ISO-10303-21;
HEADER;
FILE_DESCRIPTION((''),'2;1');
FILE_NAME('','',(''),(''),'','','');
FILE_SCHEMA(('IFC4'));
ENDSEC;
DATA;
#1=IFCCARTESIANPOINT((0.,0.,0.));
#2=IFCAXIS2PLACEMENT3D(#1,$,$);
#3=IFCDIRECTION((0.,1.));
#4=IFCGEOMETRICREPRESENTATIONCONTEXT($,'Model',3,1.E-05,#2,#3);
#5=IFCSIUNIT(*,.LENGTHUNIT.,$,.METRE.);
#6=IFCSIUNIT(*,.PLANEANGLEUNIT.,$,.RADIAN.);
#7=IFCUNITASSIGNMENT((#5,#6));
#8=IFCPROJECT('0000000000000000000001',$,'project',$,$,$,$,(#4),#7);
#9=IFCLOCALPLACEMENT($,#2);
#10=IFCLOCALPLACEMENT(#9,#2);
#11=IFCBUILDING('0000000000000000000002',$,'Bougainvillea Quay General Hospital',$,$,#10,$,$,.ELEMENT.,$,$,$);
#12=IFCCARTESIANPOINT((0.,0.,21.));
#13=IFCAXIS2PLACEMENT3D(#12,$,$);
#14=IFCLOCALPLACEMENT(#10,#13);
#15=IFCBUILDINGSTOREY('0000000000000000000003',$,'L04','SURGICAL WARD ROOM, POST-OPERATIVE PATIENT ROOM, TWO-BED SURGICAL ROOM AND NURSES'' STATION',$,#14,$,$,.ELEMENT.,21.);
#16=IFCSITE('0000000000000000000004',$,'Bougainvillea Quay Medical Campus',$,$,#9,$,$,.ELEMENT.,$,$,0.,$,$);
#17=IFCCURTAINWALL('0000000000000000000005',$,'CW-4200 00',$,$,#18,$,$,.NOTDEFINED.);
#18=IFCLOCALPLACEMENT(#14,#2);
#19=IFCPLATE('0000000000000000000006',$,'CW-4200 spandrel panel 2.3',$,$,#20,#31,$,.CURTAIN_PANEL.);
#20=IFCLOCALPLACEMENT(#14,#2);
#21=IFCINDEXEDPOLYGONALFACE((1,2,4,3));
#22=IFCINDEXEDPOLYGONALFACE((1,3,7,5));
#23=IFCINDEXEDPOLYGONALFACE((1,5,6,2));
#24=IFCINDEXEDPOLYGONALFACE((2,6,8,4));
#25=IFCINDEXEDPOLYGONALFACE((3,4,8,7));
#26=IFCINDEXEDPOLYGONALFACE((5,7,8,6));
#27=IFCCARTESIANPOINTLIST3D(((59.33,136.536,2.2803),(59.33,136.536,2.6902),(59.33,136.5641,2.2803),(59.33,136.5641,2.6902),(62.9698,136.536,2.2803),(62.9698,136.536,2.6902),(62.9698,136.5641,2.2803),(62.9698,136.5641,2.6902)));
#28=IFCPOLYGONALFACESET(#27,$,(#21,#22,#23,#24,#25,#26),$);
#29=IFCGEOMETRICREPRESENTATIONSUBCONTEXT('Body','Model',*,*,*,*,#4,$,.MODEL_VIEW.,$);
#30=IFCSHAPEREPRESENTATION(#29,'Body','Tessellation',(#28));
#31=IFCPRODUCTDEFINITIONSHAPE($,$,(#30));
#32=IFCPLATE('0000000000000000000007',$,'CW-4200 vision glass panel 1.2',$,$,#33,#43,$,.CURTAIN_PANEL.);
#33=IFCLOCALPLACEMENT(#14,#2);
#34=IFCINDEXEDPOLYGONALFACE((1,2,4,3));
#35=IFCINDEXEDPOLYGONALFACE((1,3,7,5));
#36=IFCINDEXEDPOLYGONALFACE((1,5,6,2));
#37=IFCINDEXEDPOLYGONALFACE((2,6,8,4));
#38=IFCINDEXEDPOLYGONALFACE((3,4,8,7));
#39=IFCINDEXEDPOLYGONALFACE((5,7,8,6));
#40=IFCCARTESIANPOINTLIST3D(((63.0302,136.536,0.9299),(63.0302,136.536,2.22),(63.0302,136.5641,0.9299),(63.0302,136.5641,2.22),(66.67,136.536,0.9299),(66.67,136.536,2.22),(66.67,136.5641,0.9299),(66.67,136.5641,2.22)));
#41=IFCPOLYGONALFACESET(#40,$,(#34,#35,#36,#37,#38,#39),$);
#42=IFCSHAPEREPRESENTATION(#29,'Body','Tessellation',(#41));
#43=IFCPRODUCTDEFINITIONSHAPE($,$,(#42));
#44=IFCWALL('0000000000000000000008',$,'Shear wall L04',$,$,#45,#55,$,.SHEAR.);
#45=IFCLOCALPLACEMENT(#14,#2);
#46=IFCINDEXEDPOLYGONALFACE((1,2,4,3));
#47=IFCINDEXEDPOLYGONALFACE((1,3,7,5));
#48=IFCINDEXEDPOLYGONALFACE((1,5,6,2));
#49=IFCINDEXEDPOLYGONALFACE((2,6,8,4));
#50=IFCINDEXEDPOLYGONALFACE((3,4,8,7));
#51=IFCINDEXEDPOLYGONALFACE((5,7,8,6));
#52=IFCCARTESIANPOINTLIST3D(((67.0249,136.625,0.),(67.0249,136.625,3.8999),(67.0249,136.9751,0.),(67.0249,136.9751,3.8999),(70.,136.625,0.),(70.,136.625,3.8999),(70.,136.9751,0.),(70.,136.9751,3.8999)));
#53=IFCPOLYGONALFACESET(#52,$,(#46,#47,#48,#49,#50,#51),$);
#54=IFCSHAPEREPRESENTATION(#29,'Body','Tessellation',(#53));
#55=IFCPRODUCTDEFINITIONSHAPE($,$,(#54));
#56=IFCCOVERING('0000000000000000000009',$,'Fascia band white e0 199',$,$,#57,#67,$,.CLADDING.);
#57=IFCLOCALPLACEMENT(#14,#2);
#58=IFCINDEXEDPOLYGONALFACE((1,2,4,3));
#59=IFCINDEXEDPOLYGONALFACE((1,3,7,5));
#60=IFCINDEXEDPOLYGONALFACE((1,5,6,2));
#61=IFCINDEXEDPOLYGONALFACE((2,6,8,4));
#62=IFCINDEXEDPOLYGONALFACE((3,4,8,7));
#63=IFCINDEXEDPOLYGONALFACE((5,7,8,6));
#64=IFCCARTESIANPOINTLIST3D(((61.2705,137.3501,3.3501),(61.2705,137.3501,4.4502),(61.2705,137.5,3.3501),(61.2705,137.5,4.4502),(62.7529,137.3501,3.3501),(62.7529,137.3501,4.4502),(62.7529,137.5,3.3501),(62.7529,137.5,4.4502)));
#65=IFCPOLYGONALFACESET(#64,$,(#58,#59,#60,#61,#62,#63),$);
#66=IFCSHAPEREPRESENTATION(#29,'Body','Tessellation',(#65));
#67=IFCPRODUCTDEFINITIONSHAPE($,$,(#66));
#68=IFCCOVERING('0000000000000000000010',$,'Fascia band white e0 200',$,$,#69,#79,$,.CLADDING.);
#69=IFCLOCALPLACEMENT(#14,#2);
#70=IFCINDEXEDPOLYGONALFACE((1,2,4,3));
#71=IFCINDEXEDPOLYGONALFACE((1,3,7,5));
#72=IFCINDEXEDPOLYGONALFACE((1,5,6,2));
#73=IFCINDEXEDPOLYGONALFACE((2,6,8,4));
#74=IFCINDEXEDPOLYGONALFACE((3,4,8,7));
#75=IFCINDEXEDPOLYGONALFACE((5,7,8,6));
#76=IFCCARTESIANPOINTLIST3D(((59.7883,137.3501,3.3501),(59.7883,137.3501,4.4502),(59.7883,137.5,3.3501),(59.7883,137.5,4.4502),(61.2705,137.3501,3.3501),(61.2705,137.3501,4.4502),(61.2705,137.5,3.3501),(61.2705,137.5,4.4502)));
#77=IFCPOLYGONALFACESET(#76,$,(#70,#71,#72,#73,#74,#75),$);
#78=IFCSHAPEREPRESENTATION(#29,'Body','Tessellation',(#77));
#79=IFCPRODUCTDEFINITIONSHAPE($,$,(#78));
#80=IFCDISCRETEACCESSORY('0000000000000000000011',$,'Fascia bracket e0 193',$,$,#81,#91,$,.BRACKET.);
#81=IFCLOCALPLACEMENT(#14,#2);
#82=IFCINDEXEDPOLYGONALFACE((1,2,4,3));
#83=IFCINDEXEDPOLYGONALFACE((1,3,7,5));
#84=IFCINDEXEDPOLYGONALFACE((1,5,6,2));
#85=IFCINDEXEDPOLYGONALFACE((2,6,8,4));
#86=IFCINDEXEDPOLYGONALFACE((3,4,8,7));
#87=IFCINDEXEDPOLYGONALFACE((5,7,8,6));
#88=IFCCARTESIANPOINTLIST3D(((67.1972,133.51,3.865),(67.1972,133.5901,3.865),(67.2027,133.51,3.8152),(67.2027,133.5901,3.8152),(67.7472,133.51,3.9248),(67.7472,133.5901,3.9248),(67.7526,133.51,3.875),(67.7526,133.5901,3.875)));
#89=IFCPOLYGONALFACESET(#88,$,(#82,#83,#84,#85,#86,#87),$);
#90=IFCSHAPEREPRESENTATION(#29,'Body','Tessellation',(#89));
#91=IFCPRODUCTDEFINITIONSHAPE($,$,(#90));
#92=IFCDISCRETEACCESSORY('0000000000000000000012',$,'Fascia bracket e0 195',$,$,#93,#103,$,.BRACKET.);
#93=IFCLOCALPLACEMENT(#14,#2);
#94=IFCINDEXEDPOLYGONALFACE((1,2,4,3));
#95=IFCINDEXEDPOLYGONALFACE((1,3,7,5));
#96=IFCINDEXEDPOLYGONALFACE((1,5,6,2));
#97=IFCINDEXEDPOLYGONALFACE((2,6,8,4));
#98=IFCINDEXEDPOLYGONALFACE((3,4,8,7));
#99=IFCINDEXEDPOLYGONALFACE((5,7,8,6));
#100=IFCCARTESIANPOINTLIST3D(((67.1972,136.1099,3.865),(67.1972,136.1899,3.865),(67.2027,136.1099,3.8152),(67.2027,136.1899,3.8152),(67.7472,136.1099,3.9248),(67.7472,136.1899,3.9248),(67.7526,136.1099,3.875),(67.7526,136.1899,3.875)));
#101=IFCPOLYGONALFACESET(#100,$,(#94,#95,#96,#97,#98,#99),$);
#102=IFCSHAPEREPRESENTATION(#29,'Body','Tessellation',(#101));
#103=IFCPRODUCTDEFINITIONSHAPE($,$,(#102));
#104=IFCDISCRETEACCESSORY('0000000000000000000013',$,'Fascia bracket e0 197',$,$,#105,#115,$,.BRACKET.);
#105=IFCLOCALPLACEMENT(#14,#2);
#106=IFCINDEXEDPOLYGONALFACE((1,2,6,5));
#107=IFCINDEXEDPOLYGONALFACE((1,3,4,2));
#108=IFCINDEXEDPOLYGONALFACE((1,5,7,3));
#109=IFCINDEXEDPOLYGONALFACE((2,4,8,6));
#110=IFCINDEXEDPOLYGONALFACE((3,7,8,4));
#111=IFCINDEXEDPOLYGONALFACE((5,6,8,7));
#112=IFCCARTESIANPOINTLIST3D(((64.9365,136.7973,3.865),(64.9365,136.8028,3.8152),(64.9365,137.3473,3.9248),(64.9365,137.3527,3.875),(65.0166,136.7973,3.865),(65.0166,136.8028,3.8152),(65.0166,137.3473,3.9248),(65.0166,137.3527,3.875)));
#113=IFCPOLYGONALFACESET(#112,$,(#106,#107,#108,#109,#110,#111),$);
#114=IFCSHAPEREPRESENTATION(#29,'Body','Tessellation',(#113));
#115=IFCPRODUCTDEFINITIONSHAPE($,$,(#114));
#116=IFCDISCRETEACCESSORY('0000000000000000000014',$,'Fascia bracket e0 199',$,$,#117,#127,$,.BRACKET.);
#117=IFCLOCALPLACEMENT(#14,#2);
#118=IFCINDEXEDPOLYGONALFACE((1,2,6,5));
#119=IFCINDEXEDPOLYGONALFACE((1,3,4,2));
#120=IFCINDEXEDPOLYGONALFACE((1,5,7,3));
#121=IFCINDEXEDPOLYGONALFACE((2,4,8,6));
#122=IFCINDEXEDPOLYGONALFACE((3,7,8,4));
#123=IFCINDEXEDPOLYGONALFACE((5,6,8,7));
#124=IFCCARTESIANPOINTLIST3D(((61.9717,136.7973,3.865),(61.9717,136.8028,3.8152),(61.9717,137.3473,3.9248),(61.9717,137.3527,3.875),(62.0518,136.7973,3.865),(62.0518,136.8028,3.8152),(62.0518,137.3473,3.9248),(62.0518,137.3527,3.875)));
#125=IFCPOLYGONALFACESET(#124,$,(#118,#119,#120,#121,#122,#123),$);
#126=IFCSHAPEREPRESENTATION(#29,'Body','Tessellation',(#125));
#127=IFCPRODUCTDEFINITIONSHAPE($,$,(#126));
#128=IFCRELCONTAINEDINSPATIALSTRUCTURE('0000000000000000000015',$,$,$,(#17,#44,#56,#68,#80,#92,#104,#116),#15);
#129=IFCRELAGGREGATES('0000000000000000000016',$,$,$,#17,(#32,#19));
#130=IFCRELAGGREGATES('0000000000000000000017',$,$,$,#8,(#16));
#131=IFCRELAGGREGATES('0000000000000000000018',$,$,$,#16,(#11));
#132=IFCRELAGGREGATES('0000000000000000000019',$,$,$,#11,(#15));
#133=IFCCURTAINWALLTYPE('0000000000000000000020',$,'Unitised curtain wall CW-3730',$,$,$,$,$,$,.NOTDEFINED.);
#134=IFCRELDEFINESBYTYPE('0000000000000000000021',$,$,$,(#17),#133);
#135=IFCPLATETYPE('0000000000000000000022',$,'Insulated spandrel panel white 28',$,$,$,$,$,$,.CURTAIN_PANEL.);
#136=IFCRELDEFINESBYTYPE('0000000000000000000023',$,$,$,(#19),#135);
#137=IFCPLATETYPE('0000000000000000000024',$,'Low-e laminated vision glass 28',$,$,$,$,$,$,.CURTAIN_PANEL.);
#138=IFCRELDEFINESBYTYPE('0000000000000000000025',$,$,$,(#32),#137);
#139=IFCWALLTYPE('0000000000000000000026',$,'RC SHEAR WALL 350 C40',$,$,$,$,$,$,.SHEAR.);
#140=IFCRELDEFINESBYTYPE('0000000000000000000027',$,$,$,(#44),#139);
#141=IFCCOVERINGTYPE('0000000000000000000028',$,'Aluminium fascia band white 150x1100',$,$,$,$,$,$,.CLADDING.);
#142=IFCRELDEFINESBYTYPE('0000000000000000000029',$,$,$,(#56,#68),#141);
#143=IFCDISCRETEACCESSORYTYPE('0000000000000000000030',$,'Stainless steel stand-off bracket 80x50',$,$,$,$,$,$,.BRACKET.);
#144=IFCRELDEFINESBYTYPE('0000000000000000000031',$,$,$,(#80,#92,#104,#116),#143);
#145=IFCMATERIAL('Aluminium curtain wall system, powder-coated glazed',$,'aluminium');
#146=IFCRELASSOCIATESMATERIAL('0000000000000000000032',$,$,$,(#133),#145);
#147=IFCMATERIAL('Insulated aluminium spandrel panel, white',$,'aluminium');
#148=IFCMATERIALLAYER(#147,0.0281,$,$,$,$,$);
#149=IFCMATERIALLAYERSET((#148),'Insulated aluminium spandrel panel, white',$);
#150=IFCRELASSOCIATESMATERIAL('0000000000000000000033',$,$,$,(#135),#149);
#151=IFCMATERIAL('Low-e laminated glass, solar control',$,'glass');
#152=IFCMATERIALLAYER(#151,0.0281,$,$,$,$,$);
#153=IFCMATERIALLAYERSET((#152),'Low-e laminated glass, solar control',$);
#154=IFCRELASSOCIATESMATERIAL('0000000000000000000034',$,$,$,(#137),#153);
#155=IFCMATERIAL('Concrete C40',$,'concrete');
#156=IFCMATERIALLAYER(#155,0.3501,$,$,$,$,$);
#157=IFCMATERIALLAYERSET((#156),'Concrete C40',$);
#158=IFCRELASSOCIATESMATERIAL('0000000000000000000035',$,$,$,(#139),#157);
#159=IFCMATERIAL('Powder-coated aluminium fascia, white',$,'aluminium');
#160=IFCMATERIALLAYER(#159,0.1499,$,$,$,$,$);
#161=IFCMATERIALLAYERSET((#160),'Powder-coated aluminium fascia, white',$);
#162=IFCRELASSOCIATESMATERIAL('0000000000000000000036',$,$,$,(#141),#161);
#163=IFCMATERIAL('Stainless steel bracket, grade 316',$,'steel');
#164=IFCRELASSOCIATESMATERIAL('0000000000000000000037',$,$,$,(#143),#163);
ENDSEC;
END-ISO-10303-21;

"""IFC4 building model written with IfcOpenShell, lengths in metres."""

from ifc_helpers import new_model, si_unit, direction, frame, frame_2d, origin, origin_2d, place, context, subcontext, project, spatial, polyline, rectangle, outline, extrude, material, layer, layer_set, material_profile, profile_set, type_object, element, aggregate, save


model = new_model("IFC4")

# Units and contexts
model_context = context("Model", 3, precision=1e-05, world=origin(), true_north=direction((0.0, 1.0)))
body_context = subcontext(model_context, "Body", "Model", "MODEL_VIEW")
ifc_project = project(units=[si_unit("LENGTHUNIT", "METRE"), si_unit("PLANEANGLEUNIT", "RADIAN")], contexts=[model_context])

# Site, building, storey
site_placement = place(None, origin())
site = spatial("IfcSite", under=ifc_project, at=site_placement, Name="Bougainvillea Quay Medical Campus", CompositionType="ELEMENT", RefElevation=0.0)
building_placement = place(site_placement, origin())
building = spatial("IfcBuilding", under=site, at=building_placement, Name="Bougainvillea Quay General Hospital", CompositionType="ELEMENT")
storey_placement = place(building_placement, frame((0.0, 0.0, 21.0)))
storey = spatial("IfcBuildingStorey", under=building, at=storey_placement, Name="L04", Description="SURGICAL WARD ROOM, POST-OPERATIVE PATIENT ROOM, TWO-BED SURGICAL ROOM AND NURSES' STATION", CompositionType="ELEMENT", Elevation=21.0)

# Shared definitions
ifc_material_1 = material(Name="Concrete C40", Category="concrete")

# Curtain wall
ifc_material_2 = material(Name="Aluminium curtain wall system, powder-coated glazed", Category="aluminium")
curtain_wall_type = type_object("IfcCurtainWallType", Name="Unitised curtain wall CW-3730", PredefinedType="NOTDEFINED", material=ifc_material_2)
curtain_wall_placement = place(storey_placement, origin())
curtain_wall = element("IfcCurtainWall", 1, at=curtain_wall_placement, inside=storey, type_object=curtain_wall_type, Name="CW-4200 00", PredefinedType="NOTDEFINED")

# Plates
ifc_material_3 = material(Name="Insulated aluminium spandrel panel, white", Category="aluminium")
ifc_layer_1 = layer(ifc_material_3, 0.0281)
ifc_layer_set_1 = layer_set([ifc_layer_1], Name="Insulated aluminium spandrel panel, white")
plate_type_1 = type_object("IfcPlateType", Name="Insulated spandrel panel white 28", PredefinedType="CURTAIN_PANEL", material=ifc_layer_set_1)
plate_1_placement = place(storey_placement, frame((61.1499, 136.55, 2.2803), z_axis=(0.0, 0.0, 1.0), x_axis=(-1.0, 0.0, 0.0)))
plate_1 = element("IfcPlate", 2, at=plate_1_placement, type_object=plate_type_1, Name="CW-4200 spandrel panel 2.3", PredefinedType="CURTAIN_PANEL", context=body_context, shape_type="SweptSolid", body=[
    extrude(rectangle(XDim=3.6399, YDim=0.0281, at=origin_2d()), origin(), (0.0, 0.0, 1.0), 0.4099),
])
ifc_material_4 = material(Name="Low-e laminated glass, solar control", Category="glass")
ifc_layer_2 = layer(ifc_material_4, 0.0281)
ifc_layer_set_2 = layer_set([ifc_layer_2], Name="Low-e laminated glass, solar control")
plate_type_2 = type_object("IfcPlateType", Name="Low-e laminated vision glass 28", PredefinedType="CURTAIN_PANEL", material=ifc_layer_set_2)
plate_2_placement = place(storey_placement, frame((64.8501, 136.55, 0.9299), z_axis=(0.0, 0.0, 1.0), x_axis=(-1.0, 0.0, 0.0)))
plate_2 = element("IfcPlate", 3, at=plate_2_placement, type_object=plate_type_2, Name="CW-4200 vision glass panel 1.2", PredefinedType="CURTAIN_PANEL", context=body_context, shape_type="SweptSolid", body=[
    extrude(rectangle(XDim=3.6399, YDim=0.0281, at=origin_2d()), origin(), (0.0, 0.0, 1.0), 1.29),
])
aggregate(curtain_wall, [plate_2, plate_1])

# Wall
ifc_layer_3 = layer(ifc_material_1, 0.3501)
ifc_layer_set_3 = layer_set([ifc_layer_3], Name="Concrete C40")
wall_type = type_object("IfcWallType", Name="RC SHEAR WALL 350 C40", PredefinedType="SHEAR", material=ifc_layer_set_3)
wall_placement = place(storey_placement, frame((67.0249, 136.8, 0.0), z_axis=(0.0, 0.0, 1.0), x_axis=(1.0, 0.0, 0.0)))
element("IfcWall", 4, at=wall_placement, inside=storey, type_object=wall_type, Name="Shear wall L04", PredefinedType="SHEAR", context=body_context, shape_type="SweptSolid", body=[
    extrude(rectangle(XDim=2.9751, YDim=0.3501, at=frame_2d((1.4875, 0.0))), origin(), (0.0, 0.0, 1.0), 3.8999),
])

# Coverings
ifc_material_5 = material(Name="Powder-coated aluminium fascia, white", Category="aluminium")
ifc_layer_4 = layer(ifc_material_5, 0.1499)
ifc_layer_set_4 = layer_set([ifc_layer_4], Name="Powder-coated aluminium fascia, white")
covering_type = type_object("IfcCoveringType", Name="Aluminium fascia band white 150x1100", PredefinedType="CLADDING", material=ifc_layer_set_4)
covering_1_placement = place(storey_placement, frame((62.7529, 137.3501, 3.3501), z_axis=(0.0, 0.0, 1.0), x_axis=(-1.0, 0.0, 0.0)))
element("IfcCovering", 5, at=covering_1_placement, inside=storey, type_object=covering_type, Name="Fascia band white e0 199", PredefinedType="CLADDING", context=body_context, shape_type="SweptSolid", body=[
    extrude(outline(polyline([(0.0, 0.0), (1.4824, 0.0), (1.4824, -0.1499), (0.0, -0.1499), (0.0, 0.0)])), origin(), (0.0, 0.0, 1.0), 1.1001),
])
covering_2_placement = place(storey_placement, frame((61.2705, 137.3501, 3.3501), z_axis=(0.0, 0.0, 1.0), x_axis=(-1.0, 0.0, 0.0)))
element("IfcCovering", 6, at=covering_2_placement, inside=storey, type_object=covering_type, Name="Fascia band white e0 200", PredefinedType="CLADDING", context=body_context, shape_type="SweptSolid", body=[
    extrude(outline(polyline([(0.0, 0.0), (1.4822, 0.0), (1.4822, -0.1499), (0.0, -0.1499), (0.0, 0.0)])), origin(), (0.0, 0.0, 1.0), 1.1001),
])

# Discrete accessories
ifc_material_6 = material(Name="Stainless steel bracket, grade 316", Category="steel")
ifc_material_profile_1 = material_profile(ifc_material_6, rectangle(XDim=0.0801, YDim=0.05, at=origin_2d()))
ifc_profile_set_1 = profile_set([ifc_material_profile_1], Name="Stainless steel bracket, grade 316")
discrete_accessory_type = type_object("IfcDiscreteAccessoryType", Name="Stainless steel stand-off bracket 80x50", PredefinedType="BRACKET", material=ifc_profile_set_1)
for number, where, z_axis, x_axis, name in (
    (7, (67.2, 133.55, 3.8401), (0.994139, 0.0, 0.108107), (0.0, 1.0, 0.0), "Fascia bracket e0 193"),
    (8, (67.2, 136.1499, 3.8401), (0.994139, 0.0, 0.108107), (0.0, 1.0, 0.0), "Fascia bracket e0 195"),
    (9, (64.9766, 136.8, 3.8401), (0.0, 0.994139, 0.108107), (-1.0, 0.0, 0.0), "Fascia bracket e0 197"),
    (10, (62.0117, 136.8, 3.8401), (0.0, 0.994139, 0.108107), (-1.0, 0.0, 0.0), "Fascia bracket e0 199"),
):
    element("IfcDiscreteAccessory", number, at=place(storey_placement, frame(where, z_axis=z_axis, x_axis=x_axis)), inside=storey, type_object=discrete_accessory_type, Name=name, PredefinedType="BRACKET", context=body_context, shape_type="SweptSolid", body=[
        extrude(rectangle(XDim=0.0801, YDim=0.05, at=origin_2d()), origin(), (0.0, 0.0, 1.0), 0.5532),
    ])

save(model, "model.ifc")
